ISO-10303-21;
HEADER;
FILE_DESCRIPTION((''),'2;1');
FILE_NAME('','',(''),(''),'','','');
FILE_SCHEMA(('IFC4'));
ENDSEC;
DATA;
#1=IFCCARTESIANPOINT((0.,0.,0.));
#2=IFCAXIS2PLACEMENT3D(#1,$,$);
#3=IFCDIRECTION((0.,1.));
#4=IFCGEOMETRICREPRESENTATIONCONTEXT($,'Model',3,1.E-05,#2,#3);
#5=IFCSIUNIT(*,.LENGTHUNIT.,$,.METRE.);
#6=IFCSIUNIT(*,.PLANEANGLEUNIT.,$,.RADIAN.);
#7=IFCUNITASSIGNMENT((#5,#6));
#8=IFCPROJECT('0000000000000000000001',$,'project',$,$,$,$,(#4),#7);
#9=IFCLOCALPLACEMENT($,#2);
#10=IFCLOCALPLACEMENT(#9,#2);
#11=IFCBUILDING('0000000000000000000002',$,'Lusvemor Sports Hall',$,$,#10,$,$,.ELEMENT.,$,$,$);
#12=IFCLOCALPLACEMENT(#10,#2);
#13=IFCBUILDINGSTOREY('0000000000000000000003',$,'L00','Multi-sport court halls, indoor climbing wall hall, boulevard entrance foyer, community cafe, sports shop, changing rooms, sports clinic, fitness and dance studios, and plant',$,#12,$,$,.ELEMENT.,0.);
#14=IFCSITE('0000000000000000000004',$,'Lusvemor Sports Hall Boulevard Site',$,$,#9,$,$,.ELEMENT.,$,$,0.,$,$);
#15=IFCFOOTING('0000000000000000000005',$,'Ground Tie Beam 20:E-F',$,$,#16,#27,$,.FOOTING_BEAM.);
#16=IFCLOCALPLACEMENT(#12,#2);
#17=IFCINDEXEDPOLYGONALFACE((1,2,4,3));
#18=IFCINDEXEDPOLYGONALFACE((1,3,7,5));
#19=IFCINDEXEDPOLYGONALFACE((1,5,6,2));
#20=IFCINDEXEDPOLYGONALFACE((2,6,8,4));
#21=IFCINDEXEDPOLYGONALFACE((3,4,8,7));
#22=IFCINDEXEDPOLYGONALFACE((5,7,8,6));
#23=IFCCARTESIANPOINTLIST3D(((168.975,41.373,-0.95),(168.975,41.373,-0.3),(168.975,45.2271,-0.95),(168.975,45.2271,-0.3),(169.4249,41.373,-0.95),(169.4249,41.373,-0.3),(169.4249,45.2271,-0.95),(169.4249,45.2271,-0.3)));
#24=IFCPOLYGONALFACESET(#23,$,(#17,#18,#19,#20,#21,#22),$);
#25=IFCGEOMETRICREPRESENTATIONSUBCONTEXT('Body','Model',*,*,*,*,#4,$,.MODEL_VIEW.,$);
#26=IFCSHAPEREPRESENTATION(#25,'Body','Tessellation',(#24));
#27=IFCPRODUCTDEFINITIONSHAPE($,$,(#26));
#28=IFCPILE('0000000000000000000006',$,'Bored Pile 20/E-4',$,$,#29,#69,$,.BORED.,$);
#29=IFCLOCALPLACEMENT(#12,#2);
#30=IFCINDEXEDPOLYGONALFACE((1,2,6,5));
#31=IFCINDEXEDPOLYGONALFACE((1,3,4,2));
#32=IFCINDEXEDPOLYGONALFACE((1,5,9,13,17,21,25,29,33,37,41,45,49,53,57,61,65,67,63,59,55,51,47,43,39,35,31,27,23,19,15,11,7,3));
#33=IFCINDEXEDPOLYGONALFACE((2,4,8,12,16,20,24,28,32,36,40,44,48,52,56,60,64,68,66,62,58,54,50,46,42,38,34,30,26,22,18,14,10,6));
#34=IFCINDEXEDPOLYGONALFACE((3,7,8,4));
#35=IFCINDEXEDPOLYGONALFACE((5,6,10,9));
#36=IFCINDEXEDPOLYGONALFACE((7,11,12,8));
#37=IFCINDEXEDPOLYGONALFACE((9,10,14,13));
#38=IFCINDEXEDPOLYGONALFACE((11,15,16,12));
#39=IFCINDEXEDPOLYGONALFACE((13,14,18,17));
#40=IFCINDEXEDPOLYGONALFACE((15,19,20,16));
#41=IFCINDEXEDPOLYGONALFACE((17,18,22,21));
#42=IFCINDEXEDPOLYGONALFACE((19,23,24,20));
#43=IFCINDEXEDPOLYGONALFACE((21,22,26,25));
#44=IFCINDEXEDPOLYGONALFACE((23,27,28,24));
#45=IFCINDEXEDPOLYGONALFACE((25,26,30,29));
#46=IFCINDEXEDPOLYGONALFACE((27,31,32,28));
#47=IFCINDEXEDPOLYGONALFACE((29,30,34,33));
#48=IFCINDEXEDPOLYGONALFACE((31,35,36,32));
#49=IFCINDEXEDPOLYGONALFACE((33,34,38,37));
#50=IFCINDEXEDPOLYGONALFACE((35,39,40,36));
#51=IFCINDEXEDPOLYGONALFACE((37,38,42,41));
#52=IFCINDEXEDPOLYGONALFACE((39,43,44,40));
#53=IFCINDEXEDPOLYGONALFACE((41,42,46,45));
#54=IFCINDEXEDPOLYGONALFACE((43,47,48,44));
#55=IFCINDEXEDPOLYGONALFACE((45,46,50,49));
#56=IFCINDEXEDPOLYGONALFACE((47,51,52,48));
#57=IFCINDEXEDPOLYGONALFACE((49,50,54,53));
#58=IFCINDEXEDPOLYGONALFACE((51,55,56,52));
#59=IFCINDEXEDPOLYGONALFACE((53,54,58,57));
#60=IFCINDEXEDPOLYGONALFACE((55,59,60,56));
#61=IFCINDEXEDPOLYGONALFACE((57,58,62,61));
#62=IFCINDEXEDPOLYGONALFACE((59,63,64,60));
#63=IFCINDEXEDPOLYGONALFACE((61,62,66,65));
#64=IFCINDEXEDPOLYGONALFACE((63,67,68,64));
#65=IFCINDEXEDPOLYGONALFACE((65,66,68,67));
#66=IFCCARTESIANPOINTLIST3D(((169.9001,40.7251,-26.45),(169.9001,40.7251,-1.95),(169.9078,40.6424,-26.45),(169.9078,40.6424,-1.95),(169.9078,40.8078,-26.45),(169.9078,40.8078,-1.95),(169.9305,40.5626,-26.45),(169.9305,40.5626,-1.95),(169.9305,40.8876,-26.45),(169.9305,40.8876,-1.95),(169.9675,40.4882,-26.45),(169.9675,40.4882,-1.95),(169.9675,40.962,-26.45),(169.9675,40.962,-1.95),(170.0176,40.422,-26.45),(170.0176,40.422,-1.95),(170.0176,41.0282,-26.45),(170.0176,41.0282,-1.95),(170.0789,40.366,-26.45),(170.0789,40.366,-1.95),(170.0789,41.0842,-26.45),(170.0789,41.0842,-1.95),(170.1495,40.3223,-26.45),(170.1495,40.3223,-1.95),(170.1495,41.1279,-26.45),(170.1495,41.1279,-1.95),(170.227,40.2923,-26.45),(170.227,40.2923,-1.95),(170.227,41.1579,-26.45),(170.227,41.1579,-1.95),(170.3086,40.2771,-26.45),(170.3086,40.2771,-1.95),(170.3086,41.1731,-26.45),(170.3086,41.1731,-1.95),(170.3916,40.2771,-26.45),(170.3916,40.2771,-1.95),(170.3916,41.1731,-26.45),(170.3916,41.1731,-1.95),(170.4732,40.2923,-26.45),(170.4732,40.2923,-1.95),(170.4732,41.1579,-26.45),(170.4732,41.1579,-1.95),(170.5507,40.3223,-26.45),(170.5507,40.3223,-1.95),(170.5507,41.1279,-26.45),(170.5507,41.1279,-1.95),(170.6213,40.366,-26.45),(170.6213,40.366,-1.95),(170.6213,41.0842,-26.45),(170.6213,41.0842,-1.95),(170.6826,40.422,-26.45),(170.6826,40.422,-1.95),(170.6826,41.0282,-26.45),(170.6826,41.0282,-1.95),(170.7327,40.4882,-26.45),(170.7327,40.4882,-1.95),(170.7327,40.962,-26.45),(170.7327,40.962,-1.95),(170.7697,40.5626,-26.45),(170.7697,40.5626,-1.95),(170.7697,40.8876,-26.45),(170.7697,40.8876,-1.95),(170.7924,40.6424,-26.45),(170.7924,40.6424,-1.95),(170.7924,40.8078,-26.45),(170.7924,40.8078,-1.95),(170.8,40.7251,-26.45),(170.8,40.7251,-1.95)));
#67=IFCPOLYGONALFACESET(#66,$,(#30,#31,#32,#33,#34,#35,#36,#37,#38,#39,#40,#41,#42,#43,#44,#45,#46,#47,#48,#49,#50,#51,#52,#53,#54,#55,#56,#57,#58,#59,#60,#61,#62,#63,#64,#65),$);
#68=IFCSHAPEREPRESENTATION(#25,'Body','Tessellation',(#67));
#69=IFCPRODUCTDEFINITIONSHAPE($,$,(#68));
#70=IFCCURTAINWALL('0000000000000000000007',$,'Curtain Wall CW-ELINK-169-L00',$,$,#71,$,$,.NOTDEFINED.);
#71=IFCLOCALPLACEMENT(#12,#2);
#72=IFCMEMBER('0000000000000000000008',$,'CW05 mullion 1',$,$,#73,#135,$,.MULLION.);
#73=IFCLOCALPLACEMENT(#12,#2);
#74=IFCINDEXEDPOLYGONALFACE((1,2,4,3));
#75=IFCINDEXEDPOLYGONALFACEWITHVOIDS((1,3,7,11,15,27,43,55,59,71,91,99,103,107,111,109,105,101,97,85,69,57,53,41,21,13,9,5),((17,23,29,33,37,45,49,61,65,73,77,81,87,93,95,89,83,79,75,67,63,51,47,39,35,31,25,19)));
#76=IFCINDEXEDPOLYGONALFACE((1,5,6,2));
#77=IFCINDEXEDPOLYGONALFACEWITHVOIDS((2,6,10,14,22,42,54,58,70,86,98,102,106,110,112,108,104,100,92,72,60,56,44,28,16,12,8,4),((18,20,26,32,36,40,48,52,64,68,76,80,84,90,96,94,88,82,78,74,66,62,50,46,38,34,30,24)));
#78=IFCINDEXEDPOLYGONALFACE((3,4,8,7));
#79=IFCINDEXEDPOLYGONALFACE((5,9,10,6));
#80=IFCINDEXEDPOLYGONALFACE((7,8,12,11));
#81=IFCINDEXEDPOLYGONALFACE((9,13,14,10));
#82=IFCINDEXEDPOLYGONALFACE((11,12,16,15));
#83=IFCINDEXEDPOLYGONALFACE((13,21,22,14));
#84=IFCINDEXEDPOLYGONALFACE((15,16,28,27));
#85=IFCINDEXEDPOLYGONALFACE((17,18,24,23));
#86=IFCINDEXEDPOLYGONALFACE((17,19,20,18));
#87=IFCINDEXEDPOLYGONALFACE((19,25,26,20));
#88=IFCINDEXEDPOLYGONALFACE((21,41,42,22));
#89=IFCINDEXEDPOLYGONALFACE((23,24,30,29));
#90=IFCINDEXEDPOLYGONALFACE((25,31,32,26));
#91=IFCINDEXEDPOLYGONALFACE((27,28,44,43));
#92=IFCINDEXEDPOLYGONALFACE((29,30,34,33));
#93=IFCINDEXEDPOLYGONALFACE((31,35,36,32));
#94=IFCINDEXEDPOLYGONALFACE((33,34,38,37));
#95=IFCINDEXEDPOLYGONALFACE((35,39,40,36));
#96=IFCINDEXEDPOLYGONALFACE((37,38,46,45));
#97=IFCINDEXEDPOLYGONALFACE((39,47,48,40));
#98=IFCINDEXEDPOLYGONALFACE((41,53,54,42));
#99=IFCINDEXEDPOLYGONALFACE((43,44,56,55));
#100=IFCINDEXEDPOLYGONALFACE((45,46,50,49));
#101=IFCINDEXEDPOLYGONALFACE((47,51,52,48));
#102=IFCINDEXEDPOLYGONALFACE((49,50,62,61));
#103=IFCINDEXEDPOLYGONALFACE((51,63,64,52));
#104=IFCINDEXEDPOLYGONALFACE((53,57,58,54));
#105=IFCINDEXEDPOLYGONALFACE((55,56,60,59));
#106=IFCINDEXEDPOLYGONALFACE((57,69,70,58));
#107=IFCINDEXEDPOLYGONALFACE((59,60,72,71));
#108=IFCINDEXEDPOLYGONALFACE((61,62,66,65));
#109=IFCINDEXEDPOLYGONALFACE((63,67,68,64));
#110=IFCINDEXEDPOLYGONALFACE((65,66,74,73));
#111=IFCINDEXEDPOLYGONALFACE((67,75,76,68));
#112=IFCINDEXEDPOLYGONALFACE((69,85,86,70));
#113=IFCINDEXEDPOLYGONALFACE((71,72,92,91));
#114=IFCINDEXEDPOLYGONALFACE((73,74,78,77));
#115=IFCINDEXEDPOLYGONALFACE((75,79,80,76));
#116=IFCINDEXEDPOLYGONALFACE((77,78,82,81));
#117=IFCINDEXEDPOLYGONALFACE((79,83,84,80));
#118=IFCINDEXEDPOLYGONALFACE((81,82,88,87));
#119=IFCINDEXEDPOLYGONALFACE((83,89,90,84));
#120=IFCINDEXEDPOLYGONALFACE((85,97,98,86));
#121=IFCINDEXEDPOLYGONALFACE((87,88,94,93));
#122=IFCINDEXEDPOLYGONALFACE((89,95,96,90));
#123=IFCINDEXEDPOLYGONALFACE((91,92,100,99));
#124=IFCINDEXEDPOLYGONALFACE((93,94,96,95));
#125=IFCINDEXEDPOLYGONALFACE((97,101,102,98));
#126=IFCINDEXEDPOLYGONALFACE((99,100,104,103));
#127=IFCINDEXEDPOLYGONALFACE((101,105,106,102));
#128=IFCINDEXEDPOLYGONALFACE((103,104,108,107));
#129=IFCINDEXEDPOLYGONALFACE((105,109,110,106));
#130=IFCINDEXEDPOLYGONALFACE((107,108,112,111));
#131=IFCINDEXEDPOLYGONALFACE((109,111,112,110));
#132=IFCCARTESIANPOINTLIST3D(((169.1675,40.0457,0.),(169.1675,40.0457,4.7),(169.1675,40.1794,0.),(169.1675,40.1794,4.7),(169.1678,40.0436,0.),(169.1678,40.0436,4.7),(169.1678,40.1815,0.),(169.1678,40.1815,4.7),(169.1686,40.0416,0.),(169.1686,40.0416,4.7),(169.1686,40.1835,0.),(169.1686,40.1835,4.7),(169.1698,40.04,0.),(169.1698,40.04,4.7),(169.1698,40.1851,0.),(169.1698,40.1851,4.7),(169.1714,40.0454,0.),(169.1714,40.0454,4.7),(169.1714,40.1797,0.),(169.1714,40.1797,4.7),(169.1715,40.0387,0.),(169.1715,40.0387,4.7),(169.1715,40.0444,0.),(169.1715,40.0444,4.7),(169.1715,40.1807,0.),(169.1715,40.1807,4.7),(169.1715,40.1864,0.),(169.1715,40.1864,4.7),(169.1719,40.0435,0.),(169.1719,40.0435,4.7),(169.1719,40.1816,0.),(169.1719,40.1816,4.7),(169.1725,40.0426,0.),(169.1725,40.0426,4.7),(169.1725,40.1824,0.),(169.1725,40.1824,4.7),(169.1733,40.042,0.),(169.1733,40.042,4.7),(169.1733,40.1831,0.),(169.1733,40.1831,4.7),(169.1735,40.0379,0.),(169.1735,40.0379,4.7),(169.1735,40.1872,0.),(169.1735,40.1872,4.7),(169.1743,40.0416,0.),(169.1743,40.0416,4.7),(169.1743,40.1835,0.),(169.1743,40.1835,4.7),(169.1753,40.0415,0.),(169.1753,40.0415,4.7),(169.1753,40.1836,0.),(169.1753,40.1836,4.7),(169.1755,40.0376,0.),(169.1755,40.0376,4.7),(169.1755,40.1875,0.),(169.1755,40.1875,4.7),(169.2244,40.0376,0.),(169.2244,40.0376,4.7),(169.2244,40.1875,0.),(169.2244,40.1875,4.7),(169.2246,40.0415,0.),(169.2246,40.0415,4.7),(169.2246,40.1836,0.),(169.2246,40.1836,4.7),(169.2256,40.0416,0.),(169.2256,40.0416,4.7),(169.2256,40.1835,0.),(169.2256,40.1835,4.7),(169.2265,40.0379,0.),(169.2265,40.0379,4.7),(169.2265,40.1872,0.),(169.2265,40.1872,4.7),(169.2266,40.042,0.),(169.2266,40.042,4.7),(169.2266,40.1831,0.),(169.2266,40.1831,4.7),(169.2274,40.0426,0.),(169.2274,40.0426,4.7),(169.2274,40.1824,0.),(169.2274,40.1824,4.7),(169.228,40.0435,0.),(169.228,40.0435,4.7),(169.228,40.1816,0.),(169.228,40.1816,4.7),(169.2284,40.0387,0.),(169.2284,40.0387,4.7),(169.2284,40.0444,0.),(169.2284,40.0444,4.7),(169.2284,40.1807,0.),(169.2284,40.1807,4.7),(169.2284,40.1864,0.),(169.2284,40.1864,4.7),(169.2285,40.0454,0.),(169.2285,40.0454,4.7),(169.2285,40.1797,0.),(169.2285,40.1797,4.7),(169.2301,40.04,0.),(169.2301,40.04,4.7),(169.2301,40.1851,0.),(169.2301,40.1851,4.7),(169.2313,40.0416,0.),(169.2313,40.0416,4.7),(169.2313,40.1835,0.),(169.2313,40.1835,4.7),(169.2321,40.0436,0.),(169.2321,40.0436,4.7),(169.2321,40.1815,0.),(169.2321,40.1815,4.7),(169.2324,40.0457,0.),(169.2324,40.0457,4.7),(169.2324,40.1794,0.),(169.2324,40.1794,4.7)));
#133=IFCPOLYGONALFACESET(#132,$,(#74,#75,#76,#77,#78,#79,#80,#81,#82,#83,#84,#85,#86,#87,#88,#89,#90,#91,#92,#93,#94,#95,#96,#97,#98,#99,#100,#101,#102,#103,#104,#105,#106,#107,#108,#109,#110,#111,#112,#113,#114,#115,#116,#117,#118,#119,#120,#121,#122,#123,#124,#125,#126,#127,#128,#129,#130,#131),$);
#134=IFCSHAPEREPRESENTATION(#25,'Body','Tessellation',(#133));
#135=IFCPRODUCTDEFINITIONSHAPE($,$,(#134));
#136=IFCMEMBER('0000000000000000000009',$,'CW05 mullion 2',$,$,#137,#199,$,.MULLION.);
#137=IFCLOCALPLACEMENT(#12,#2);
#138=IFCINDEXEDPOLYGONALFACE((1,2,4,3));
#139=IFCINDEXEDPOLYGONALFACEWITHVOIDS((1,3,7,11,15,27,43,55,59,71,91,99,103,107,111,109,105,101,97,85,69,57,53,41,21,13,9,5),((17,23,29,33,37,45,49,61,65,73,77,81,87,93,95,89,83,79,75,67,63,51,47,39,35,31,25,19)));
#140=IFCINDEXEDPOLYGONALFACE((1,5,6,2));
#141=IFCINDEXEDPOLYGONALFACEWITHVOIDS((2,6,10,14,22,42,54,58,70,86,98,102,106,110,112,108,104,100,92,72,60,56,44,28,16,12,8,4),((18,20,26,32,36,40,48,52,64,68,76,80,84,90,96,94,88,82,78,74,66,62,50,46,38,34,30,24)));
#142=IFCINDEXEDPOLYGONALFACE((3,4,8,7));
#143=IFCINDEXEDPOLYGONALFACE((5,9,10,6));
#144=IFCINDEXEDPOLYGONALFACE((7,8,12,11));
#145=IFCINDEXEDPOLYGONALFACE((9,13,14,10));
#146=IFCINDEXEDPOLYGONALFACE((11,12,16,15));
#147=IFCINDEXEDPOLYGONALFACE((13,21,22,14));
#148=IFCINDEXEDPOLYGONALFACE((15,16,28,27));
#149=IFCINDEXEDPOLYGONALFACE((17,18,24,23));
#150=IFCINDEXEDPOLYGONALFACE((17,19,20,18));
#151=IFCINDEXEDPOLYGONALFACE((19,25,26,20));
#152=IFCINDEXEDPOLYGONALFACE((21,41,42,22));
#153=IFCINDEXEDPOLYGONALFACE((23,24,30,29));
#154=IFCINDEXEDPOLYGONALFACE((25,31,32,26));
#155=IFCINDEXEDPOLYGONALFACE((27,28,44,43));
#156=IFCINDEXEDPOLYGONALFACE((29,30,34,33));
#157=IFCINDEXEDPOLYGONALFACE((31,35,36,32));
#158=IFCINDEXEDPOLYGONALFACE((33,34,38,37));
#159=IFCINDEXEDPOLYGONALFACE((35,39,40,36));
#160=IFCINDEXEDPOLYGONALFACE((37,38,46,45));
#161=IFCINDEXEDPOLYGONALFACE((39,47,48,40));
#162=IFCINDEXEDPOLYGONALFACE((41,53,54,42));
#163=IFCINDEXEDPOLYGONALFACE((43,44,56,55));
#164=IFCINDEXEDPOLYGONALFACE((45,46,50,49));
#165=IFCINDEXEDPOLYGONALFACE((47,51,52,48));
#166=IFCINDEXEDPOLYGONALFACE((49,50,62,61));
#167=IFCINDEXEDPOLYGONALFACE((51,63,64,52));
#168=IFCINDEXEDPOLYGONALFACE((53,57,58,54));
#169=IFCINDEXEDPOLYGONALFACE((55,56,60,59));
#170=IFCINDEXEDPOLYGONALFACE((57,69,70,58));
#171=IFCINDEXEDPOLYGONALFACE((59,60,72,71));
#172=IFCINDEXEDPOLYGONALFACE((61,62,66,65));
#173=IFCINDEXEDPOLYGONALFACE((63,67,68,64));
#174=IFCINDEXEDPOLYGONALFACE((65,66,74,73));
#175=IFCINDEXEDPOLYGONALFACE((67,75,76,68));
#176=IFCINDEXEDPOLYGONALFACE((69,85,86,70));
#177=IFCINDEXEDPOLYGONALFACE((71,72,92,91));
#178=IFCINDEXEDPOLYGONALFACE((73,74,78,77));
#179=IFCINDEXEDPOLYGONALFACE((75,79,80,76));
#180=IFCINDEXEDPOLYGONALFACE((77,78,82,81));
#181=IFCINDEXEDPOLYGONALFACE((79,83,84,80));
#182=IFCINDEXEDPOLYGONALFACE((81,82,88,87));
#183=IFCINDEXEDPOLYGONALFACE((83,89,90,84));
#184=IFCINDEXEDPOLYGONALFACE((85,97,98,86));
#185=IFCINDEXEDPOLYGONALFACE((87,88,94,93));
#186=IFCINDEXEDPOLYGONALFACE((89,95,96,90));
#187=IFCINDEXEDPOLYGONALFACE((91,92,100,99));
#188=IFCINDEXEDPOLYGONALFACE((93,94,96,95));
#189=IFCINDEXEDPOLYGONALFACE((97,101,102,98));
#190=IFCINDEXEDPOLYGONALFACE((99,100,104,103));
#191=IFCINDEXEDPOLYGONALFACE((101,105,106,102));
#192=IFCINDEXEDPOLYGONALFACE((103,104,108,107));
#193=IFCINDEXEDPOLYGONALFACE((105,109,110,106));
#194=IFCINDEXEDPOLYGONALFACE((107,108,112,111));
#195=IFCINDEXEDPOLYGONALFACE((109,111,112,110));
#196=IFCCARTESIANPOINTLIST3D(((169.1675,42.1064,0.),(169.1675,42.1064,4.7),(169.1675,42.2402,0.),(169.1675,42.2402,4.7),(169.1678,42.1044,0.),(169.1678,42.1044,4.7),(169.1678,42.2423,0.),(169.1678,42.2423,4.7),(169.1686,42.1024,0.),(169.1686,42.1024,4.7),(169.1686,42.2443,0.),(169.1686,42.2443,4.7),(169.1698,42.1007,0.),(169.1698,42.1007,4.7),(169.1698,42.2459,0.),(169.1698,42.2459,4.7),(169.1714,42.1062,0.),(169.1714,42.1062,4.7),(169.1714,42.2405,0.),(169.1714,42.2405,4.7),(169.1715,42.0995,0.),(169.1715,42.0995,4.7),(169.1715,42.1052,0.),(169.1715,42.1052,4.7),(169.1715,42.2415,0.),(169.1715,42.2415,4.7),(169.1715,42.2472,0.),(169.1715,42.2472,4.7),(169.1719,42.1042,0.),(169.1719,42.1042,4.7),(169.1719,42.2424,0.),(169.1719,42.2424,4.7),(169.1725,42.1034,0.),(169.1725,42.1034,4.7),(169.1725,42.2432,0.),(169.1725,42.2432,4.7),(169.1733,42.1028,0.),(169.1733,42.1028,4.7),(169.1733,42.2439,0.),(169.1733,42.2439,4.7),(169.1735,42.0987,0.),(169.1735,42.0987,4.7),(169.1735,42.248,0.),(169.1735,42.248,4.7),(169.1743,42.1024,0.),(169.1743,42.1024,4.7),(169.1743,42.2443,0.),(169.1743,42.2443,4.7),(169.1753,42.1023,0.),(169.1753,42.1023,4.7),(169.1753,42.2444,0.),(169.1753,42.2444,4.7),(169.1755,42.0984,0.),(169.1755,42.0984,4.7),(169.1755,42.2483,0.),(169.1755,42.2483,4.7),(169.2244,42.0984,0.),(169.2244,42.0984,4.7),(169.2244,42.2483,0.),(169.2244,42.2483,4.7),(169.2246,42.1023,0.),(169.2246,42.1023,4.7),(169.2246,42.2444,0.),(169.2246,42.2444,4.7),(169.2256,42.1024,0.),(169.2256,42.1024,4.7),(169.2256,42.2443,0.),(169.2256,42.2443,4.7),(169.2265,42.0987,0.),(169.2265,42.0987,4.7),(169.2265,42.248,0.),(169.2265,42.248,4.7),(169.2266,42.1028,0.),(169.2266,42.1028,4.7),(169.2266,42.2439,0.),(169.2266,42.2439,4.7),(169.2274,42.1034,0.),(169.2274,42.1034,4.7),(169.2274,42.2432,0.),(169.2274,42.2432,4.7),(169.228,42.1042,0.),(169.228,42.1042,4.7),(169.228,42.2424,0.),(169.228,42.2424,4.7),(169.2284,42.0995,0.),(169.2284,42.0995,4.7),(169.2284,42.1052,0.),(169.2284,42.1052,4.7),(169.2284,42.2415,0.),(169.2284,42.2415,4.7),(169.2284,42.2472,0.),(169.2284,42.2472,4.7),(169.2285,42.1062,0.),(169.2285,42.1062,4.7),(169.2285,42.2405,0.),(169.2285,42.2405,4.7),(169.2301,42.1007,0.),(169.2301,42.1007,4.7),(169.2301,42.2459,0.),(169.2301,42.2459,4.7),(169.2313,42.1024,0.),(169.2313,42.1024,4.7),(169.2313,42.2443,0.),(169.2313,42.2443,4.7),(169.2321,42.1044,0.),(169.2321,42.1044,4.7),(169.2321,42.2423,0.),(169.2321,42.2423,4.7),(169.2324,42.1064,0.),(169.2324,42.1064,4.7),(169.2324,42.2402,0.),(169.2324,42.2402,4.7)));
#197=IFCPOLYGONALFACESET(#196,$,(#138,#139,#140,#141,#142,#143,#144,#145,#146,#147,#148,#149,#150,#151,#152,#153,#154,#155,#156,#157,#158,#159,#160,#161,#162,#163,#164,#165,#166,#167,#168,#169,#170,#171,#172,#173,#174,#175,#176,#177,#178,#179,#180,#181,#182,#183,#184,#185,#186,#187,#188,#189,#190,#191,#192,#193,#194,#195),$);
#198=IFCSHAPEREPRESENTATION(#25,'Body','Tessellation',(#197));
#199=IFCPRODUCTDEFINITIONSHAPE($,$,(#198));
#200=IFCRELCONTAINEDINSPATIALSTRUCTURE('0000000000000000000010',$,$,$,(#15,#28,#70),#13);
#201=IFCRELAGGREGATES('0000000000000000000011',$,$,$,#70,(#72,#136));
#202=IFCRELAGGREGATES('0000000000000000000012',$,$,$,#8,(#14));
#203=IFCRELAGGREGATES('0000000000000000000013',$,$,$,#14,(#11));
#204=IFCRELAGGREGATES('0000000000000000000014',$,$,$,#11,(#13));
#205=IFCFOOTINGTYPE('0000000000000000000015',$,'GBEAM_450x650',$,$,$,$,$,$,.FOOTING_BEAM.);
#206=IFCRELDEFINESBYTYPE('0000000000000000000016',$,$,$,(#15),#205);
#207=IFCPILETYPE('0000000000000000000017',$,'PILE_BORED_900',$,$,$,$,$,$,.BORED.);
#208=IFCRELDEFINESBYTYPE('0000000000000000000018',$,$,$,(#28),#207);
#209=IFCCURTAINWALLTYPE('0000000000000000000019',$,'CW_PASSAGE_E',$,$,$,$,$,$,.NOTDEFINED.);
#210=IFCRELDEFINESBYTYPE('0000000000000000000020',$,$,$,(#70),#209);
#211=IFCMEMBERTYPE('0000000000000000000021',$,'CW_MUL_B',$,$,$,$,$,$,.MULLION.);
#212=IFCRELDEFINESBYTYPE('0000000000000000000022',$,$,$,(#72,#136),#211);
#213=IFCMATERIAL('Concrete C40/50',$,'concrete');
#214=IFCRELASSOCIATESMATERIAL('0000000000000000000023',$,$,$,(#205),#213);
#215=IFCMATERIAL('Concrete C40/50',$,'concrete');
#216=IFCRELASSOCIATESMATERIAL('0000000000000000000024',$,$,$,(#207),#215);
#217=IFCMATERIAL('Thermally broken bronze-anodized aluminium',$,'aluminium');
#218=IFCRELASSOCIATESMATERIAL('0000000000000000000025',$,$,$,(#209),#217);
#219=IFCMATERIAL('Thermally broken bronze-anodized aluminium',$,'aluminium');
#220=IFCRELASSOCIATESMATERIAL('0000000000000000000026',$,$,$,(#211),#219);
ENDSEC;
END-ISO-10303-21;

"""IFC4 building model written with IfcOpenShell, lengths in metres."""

from ifc_helpers import new_model, si_unit, direction, frame, origin, origin_2d, place, context, subcontext, project, spatial, rectangle, hollow_rectangle, circle, extrude, material, material_profile, profile_set, type_object, element, aggregate, save


model = new_model("IFC4")

# Units and contexts
model_context = context("Model", 3, precision=1e-05, world=origin(), true_north=direction((0.0, 1.0)))
body_context = subcontext(model_context, "Body", "Model", "MODEL_VIEW")
ifc_project = project(units=[si_unit("LENGTHUNIT", "METRE"), si_unit("PLANEANGLEUNIT", "RADIAN")], contexts=[model_context])

# Site, building, storey
site_placement = place(None, origin())
site = spatial("IfcSite", under=ifc_project, at=site_placement, Name="Lusvemor Sports Hall Boulevard Site", CompositionType="ELEMENT", RefElevation=0.0)
building_placement = place(site_placement, origin())
building = spatial("IfcBuilding", under=site, at=building_placement, Name="Lusvemor Sports Hall", CompositionType="ELEMENT")
storey_placement = place(building_placement, origin())
storey = spatial("IfcBuildingStorey", under=building, at=storey_placement, Name="L00", Description="Multi-sport court halls, indoor climbing wall hall, boulevard entrance foyer, community cafe, sports shop, changing rooms, sports clinic, fitness and dance studios, and plant", CompositionType="ELEMENT", Elevation=0.0)

# Footing
ifc_material_1 = material(Name="Concrete C40/50", Category="concrete")
ifc_material_profile_1 = material_profile(ifc_material_1, rectangle(XDim=0.45, YDim=0.6499, at=origin_2d()), Name="GB_450x650")
ifc_profile_set_1 = profile_set([ifc_material_profile_1], Name="Concrete C40/50")
footing_type = type_object("IfcFootingType", Name="GBEAM_450x650", PredefinedType="FOOTING_BEAM", material=ifc_profile_set_1)
footing_placement = place(storey_placement, frame((169.2, 41.373, -0.625), z_axis=(0.0, 1.0, 0.0), x_axis=(-1.0, 0.0, 0.0)))
element("IfcFooting", 1, at=footing_placement, inside=storey, type_object=footing_type, Name="Ground Tie Beam 20:E-F", PredefinedType="FOOTING_BEAM", context=body_context, shape_type="SweptSolid", body=[
    extrude(rectangle(XDim=0.45, YDim=0.6499, at=origin_2d()), origin(), (0.0, 0.0, 1.0), 3.854),
])

# Pile
ifc_material_2 = material(Name="Concrete C40/50", Category="concrete")
ifc_material_profile_2 = material_profile(ifc_material_2, circle(Radius=0.45, at=origin_2d()), Name="PILE900")
ifc_profile_set_2 = profile_set([ifc_material_profile_2], Name="Concrete C40/50")
pile_type = type_object("IfcPileType", Name="PILE_BORED_900", PredefinedType="BORED", material=ifc_profile_set_2)
pile_placement = place(storey_placement, frame((170.3501, 40.7251, -1.95), z_axis=(0.0, 0.0, -1.0), x_axis=(1.0, 0.0, 0.0)))
element("IfcPile", 2, at=pile_placement, inside=storey, type_object=pile_type, Name="Bored Pile 20/E-4", PredefinedType="BORED", context=body_context, shape_type="SweptSolid", body=[
    extrude(circle(Radius=0.45, at=origin_2d()), origin(), (0.0, 0.0, 1.0), 24.5),
])

# Curtain wall, members
ifc_material_3 = material(Name="Thermally broken bronze-anodized aluminium", Category="aluminium")
curtain_wall_type = type_object("IfcCurtainWallType", Name="CW_PASSAGE_E", PredefinedType="NOTDEFINED", material=ifc_material_3)
curtain_wall_placement = place(storey_placement, origin())
curtain_wall = element("IfcCurtainWall", 3, at=curtain_wall_placement, inside=storey, type_object=curtain_wall_type, Name="Curtain Wall CW-ELINK-169-L00", PredefinedType="NOTDEFINED")
ifc_material_4 = material(Name="Thermally broken bronze-anodized aluminium", Category="aluminium")
ifc_material_profile_3 = material_profile(ifc_material_4, hollow_rectangle(XDim=0.0649, YDim=0.1499, WallThickness=0.0039, InnerFilletRadius=0.0039, OuterFilletRadius=0.0081, at=origin_2d()), Name="CWMUL150x65x4")
ifc_profile_set_3 = profile_set([ifc_material_profile_3], Name="Thermally broken bronze-anodized aluminium")
member_type_1 = type_object("IfcMemberType", Name="CW_MUL_B", PredefinedType="MULLION", material=ifc_profile_set_3)
member_1_placement = place(storey_placement, frame((169.2, 40.1125, 0.0), z_axis=(0.0, 0.0, 1.0), x_axis=(-1.0, 0.0, 0.0)))
member_1 = element("IfcMember", 4, at=member_1_placement, type_object=member_type_1, Name="CW05 mullion 1", PredefinedType="MULLION", context=body_context, shape_type="SweptSolid", body=[
    extrude(hollow_rectangle(XDim=0.0649, YDim=0.1499, WallThickness=0.0039, InnerFilletRadius=0.0039, OuterFilletRadius=0.0081, at=origin_2d()), origin(), (0.0, 0.0, 1.0), 4.7),
])
member_2_placement = place(storey_placement, frame((169.2, 42.1733, 0.0), z_axis=(0.0, 0.0, 1.0), x_axis=(-1.0, 0.0, 0.0)))
member_2 = element("IfcMember", 5, at=member_2_placement, type_object=member_type_1, Name="CW05 mullion 2", PredefinedType="MULLION", context=body_context, shape_type="SweptSolid", body=[
    extrude(hollow_rectangle(XDim=0.0649, YDim=0.1499, WallThickness=0.0039, InnerFilletRadius=0.0039, OuterFilletRadius=0.0081, at=origin_2d()), origin(), (0.0, 0.0, 1.0), 4.7),
])
aggregate(curtain_wall, [member_1, member_2])

save(model, "model.ifc")
